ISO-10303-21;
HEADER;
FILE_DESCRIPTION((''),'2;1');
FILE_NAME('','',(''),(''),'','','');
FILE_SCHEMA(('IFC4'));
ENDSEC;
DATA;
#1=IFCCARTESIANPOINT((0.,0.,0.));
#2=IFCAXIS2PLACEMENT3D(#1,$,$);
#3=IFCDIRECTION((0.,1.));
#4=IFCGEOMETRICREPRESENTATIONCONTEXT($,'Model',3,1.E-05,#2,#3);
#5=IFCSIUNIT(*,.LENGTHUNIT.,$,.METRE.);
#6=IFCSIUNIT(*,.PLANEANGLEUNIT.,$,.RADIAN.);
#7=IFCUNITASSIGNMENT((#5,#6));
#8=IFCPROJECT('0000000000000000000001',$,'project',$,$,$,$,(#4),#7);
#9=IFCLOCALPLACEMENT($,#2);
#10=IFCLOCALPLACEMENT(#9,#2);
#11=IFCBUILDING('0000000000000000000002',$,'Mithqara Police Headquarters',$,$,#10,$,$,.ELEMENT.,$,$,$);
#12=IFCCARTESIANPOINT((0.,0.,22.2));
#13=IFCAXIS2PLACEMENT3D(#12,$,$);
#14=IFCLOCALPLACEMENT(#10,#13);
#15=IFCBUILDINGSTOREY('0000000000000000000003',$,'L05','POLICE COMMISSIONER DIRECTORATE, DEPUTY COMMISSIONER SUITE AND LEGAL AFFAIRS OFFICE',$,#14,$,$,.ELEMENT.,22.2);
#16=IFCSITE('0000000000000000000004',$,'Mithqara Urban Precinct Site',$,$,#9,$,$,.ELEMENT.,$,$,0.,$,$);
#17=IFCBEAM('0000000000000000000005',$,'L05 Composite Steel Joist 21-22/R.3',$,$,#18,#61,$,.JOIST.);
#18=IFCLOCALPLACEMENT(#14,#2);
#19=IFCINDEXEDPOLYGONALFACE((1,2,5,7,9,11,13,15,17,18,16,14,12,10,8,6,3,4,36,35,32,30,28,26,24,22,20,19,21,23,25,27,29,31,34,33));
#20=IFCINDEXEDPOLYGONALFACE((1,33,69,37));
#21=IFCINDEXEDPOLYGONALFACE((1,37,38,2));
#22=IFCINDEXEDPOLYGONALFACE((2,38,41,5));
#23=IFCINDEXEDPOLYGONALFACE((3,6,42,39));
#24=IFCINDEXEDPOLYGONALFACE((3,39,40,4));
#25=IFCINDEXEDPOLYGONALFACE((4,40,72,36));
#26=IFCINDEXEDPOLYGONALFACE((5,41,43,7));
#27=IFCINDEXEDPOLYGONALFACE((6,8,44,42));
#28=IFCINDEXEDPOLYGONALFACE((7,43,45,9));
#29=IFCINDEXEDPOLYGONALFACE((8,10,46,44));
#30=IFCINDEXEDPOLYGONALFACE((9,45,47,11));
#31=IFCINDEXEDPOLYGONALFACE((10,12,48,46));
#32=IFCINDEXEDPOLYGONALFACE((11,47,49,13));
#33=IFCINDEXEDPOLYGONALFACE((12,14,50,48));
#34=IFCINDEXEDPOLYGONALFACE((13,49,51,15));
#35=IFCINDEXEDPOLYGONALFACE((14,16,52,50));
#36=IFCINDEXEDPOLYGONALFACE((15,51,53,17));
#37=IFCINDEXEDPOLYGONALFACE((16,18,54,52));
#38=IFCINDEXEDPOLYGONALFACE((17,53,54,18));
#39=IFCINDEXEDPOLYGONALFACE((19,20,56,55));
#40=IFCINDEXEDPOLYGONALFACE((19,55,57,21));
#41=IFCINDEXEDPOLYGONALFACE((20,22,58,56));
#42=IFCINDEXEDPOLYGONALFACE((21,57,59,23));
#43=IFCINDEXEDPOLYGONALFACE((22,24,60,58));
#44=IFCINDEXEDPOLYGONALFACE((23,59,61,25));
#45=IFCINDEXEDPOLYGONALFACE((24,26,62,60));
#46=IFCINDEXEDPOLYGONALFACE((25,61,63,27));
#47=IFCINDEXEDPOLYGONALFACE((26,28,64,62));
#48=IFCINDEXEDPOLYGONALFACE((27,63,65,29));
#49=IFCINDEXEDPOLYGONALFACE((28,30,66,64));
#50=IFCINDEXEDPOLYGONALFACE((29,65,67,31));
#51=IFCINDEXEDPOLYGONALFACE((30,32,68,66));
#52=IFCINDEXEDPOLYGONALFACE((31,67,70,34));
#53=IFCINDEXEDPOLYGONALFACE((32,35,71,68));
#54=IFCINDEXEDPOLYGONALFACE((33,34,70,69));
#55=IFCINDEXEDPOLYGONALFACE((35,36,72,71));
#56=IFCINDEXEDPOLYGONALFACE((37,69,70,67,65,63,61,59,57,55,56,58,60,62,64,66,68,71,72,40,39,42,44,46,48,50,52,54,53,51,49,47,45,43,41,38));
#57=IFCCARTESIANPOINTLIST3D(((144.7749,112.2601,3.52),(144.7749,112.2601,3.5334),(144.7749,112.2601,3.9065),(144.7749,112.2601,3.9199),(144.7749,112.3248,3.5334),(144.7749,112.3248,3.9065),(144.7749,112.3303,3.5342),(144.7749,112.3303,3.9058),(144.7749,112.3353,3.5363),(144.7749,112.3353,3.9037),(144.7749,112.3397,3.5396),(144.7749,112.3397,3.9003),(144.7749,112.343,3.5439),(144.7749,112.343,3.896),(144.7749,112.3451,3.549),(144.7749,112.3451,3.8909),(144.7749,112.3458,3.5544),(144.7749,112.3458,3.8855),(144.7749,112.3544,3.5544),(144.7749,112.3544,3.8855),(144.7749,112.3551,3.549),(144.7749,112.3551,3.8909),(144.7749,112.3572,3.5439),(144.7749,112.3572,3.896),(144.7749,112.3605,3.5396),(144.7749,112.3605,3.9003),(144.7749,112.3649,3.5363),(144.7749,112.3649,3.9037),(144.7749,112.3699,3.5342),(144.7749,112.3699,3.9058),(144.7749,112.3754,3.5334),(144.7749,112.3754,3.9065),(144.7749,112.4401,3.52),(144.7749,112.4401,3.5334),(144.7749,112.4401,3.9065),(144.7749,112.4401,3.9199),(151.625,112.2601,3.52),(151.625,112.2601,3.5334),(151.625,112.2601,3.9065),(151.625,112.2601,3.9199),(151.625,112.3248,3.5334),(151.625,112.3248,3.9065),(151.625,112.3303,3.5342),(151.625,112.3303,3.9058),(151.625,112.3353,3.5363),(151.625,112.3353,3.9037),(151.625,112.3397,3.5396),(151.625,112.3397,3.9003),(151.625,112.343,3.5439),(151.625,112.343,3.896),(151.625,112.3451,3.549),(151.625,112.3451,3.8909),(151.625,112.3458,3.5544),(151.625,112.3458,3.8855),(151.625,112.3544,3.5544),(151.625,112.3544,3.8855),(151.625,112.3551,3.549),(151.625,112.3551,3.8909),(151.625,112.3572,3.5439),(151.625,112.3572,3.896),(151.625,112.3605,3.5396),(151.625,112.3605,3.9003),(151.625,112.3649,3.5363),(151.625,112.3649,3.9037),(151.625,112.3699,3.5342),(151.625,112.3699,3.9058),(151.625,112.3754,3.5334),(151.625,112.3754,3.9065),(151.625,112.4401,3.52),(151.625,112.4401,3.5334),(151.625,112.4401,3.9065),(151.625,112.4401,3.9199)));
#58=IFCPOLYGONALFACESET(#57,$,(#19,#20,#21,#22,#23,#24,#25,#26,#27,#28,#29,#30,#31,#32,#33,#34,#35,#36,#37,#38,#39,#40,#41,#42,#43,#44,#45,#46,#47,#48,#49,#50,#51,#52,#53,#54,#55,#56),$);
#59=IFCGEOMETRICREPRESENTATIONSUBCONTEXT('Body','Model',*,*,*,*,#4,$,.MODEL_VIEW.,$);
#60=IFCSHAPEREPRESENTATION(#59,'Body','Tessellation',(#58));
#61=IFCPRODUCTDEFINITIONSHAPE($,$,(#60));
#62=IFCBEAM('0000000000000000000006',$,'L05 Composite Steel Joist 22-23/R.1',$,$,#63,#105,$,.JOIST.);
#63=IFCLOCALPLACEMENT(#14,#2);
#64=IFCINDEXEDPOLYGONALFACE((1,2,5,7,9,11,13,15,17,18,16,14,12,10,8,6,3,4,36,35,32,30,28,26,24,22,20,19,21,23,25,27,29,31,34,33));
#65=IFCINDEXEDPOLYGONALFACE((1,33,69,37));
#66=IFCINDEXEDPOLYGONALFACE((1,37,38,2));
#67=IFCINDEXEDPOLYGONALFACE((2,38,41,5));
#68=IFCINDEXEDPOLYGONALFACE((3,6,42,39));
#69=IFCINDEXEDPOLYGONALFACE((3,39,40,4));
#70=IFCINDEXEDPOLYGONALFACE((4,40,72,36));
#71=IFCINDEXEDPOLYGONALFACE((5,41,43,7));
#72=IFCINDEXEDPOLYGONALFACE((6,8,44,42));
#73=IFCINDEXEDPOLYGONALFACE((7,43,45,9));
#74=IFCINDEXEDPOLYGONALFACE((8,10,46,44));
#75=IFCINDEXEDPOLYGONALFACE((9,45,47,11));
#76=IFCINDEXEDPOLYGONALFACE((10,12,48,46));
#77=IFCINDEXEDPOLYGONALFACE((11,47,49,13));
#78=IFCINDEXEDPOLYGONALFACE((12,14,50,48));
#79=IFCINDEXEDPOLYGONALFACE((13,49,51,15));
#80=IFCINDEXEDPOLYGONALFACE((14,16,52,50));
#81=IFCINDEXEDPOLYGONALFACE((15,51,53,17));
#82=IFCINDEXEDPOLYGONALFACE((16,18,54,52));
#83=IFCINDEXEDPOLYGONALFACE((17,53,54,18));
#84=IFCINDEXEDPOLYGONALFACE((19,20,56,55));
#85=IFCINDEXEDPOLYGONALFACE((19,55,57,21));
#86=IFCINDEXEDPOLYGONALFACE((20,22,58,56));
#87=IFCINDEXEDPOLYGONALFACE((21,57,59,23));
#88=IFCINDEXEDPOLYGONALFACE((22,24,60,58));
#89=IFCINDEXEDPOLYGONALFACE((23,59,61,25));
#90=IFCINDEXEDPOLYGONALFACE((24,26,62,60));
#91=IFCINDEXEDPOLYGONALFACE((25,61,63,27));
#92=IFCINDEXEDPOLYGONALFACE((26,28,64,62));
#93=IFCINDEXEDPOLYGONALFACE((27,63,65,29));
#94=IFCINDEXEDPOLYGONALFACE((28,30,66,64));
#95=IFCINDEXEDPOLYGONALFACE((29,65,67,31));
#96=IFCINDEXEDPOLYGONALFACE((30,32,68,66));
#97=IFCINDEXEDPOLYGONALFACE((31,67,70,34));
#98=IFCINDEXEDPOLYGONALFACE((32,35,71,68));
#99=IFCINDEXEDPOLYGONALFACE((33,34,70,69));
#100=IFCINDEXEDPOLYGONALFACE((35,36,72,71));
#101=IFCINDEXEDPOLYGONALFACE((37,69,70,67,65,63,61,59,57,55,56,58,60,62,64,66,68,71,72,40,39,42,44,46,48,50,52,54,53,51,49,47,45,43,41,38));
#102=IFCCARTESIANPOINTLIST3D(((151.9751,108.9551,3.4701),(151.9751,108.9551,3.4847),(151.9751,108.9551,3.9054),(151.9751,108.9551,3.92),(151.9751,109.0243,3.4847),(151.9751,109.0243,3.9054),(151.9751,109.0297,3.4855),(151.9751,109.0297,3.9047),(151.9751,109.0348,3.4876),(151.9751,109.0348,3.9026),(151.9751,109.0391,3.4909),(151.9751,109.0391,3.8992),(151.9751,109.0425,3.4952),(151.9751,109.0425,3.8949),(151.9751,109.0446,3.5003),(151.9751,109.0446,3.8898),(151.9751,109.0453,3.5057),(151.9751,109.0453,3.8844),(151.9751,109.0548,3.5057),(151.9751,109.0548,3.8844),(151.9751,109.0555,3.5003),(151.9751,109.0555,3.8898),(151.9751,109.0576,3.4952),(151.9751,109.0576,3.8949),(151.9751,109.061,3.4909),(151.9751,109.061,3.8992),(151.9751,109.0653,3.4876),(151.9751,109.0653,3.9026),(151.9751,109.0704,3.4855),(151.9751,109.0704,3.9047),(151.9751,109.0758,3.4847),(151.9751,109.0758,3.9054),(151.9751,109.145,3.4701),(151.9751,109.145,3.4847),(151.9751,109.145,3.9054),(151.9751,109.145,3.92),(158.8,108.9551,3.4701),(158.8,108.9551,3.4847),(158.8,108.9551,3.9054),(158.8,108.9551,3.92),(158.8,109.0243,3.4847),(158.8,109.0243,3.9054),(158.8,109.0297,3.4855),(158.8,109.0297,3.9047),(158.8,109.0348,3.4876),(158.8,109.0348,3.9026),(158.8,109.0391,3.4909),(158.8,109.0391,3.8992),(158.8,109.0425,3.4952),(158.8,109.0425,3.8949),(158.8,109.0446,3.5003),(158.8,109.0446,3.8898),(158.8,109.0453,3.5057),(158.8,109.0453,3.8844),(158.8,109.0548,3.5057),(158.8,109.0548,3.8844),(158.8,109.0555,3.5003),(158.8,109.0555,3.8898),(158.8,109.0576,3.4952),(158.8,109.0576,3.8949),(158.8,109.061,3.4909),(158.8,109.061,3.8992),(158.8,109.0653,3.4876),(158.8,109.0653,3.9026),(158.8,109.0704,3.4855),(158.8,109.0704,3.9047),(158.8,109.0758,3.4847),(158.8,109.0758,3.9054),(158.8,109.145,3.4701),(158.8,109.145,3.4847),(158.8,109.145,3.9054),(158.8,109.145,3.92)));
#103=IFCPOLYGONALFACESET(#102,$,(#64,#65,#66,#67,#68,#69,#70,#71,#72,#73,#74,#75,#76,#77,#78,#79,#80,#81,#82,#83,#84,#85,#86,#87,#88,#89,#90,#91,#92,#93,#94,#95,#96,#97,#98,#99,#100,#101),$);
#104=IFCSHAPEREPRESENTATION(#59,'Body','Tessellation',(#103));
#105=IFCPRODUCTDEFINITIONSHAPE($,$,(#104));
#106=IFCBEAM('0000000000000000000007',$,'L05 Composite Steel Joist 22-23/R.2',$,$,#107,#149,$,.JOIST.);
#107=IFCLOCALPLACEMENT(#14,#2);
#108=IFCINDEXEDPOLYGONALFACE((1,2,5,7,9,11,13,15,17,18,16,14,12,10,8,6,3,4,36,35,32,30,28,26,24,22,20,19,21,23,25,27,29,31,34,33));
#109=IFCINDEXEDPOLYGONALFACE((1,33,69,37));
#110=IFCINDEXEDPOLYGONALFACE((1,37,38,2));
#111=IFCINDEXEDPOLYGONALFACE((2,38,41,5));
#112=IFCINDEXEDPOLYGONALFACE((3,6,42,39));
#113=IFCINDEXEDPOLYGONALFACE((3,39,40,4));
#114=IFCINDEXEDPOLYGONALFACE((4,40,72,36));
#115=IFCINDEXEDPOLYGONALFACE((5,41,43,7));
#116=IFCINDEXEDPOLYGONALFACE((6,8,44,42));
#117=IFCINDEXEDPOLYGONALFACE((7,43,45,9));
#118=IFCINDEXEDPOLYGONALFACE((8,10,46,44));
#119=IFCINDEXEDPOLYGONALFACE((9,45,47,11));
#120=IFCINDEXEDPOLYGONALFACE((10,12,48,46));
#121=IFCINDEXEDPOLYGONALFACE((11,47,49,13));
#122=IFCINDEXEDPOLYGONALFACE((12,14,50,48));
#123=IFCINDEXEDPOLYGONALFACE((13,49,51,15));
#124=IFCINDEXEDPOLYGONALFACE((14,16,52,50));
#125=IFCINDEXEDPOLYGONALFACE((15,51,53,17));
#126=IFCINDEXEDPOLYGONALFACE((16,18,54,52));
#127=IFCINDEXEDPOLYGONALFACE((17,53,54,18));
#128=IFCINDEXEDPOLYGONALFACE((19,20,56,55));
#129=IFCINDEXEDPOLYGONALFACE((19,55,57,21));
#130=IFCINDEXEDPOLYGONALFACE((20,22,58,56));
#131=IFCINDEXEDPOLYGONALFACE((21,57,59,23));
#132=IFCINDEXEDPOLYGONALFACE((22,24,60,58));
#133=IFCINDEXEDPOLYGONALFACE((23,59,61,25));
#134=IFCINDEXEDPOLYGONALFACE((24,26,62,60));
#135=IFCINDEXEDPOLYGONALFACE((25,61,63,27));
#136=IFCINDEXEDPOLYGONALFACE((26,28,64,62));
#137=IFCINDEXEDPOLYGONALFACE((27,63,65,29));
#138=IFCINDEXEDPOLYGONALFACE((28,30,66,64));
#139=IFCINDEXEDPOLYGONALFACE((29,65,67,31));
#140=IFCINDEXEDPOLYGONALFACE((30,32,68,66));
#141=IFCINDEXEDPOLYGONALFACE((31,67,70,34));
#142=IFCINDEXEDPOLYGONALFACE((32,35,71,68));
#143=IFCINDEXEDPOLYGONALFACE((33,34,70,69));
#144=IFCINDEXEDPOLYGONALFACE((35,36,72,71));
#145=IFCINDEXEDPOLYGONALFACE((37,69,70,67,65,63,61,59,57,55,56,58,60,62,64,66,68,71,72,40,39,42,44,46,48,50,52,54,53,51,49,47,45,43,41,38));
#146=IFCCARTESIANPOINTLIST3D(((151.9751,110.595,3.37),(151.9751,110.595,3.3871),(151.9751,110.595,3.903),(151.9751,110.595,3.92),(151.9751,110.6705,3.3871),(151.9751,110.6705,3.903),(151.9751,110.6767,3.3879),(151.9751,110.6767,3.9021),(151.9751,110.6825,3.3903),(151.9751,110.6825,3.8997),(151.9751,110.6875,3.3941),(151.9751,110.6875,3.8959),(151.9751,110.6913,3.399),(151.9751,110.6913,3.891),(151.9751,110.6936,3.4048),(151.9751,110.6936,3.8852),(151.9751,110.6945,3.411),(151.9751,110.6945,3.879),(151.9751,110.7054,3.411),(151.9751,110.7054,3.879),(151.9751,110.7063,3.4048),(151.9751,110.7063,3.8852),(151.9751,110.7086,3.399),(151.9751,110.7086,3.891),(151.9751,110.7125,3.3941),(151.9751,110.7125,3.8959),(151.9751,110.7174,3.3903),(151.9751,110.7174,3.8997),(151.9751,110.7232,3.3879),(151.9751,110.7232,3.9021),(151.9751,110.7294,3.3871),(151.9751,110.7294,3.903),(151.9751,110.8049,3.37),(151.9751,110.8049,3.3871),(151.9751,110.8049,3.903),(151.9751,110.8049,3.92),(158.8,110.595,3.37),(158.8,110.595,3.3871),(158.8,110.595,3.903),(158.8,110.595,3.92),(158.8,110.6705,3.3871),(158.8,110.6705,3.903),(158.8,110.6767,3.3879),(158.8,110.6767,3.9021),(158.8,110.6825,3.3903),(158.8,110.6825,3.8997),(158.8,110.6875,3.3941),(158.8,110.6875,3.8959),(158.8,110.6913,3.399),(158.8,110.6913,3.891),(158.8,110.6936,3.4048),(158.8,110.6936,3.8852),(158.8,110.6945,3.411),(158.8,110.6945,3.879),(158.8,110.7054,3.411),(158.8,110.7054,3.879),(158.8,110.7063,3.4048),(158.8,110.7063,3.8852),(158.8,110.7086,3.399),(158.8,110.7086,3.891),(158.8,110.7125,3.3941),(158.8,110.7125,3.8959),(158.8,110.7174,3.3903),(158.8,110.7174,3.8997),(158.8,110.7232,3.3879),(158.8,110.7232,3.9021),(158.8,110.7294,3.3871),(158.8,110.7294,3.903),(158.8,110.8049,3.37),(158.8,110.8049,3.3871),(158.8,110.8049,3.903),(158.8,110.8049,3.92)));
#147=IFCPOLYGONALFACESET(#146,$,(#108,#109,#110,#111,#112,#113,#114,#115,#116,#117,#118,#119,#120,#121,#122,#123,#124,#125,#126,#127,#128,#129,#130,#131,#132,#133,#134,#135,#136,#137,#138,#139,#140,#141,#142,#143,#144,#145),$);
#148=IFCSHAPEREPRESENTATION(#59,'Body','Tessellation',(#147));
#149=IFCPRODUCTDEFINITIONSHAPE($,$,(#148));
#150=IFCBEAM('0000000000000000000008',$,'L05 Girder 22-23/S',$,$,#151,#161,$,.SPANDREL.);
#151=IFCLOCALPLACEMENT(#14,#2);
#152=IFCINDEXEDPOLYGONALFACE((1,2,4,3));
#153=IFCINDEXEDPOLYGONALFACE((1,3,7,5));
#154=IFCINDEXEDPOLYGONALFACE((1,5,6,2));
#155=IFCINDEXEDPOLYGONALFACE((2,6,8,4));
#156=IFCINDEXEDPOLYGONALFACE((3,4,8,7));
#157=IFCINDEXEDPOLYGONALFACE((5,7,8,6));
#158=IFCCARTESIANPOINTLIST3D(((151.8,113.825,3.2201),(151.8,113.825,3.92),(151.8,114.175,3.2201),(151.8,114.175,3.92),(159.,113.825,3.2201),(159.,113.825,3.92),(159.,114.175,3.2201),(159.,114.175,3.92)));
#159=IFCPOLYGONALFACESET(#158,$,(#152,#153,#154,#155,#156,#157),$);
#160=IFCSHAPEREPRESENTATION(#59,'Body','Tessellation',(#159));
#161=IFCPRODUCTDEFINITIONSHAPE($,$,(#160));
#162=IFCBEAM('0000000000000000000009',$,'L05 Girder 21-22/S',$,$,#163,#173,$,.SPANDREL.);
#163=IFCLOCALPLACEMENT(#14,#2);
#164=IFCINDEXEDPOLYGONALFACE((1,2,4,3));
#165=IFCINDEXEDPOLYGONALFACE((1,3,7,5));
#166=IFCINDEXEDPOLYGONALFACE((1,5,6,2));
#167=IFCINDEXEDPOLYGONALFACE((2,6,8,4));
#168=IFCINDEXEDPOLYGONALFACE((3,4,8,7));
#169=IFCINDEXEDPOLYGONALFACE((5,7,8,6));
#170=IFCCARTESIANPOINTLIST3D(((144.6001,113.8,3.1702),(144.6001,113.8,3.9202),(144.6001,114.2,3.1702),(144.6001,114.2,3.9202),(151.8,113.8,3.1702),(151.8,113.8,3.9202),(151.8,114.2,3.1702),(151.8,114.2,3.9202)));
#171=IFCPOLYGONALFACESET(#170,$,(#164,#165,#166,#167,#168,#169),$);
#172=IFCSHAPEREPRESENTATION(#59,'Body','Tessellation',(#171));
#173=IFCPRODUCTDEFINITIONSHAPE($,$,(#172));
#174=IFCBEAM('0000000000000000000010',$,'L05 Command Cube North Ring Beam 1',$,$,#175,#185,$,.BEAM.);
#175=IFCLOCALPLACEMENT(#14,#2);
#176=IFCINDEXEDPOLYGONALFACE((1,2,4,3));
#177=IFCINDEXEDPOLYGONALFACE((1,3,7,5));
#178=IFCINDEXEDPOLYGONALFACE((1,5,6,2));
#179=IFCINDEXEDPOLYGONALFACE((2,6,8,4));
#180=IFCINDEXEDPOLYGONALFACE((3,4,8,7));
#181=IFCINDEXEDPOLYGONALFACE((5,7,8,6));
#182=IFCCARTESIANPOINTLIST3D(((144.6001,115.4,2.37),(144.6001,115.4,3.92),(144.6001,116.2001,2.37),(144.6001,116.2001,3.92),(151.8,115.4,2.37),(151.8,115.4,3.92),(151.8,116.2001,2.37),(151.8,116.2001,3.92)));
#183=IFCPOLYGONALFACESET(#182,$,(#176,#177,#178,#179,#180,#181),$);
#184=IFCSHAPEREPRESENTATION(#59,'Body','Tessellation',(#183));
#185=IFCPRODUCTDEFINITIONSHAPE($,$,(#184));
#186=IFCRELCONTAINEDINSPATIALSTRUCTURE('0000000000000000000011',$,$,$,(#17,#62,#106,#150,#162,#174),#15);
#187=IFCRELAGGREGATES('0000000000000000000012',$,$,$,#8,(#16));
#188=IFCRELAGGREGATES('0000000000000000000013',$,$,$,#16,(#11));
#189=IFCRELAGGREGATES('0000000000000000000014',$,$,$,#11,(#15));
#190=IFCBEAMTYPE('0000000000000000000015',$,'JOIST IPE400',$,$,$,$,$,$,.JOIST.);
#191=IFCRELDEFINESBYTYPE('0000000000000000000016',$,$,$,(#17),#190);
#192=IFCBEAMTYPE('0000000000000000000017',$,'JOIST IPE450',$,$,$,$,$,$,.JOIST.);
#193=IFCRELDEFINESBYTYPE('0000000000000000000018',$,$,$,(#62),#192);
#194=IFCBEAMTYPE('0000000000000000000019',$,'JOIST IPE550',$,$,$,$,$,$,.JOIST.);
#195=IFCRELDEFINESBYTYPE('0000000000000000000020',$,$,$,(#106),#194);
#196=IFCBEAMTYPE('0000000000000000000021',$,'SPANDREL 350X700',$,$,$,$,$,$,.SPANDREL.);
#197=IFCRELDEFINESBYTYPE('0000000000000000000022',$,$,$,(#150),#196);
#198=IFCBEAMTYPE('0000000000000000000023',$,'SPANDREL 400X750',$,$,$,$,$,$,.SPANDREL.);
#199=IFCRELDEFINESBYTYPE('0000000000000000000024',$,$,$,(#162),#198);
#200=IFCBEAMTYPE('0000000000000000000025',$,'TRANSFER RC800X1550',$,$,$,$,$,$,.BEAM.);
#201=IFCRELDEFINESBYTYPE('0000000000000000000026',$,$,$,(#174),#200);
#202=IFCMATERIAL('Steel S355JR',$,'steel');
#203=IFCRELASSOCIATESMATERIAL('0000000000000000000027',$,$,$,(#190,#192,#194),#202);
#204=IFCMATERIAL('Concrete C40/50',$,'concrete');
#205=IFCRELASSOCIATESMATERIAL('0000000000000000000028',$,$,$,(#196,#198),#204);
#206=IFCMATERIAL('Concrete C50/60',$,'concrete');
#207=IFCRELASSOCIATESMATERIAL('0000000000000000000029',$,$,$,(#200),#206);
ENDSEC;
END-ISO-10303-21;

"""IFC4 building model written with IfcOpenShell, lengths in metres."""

from ifc_helpers import new_model, si_unit, direction, frame, origin, origin_2d, place, context, subcontext, project, spatial, rectangle, i_section, extrude, material, material_profile, profile_set, type_object, element, save


model = new_model("IFC4")

# Units and contexts
model_context = context("Model", 3, precision=1e-05, world=origin(), true_north=direction((0.0, 1.0)))
body_context = subcontext(model_context, "Body", "Model", "MODEL_VIEW")
ifc_project = project(units=[si_unit("LENGTHUNIT", "METRE"), si_unit("PLANEANGLEUNIT", "RADIAN")], contexts=[model_context])

# Site, building, storey
site_placement = place(None, origin())
site = spatial("IfcSite", under=ifc_project, at=site_placement, Name="Mithqara Urban Precinct Site", CompositionType="ELEMENT", RefElevation=0.0)
building_placement = place(site_placement, origin())
building = spatial("IfcBuilding", under=site, at=building_placement, Name="Mithqara Police Headquarters", CompositionType="ELEMENT")
storey_placement = place(building_placement, frame((0.0, 0.0, 22.2)))
storey = spatial("IfcBuildingStorey", under=building, at=storey_placement, Name="L05", Description="POLICE COMMISSIONER DIRECTORATE, DEPUTY COMMISSIONER SUITE AND LEGAL AFFAIRS OFFICE", CompositionType="ELEMENT", Elevation=22.2)

# Shared definitions
ifc_material_1 = material(Name="Concrete C50/60", Category="concrete")

# Shared definitions
ifc_material_2 = material(Name="Steel S355JR", Category="steel")

# Beams
ifc_material_profile_1 = material_profile(ifc_material_2, i_section(OverallWidth=0.1799, OverallDepth=0.3999, WebThickness=0.0085, FlangeThickness=0.0134, FilletRadius=0.021, at=origin_2d()), Name="IPE 400")
ifc_profile_set_1 = profile_set([ifc_material_profile_1], Name="Steel S355JR")
beam_type_1 = type_object("IfcBeamType", Name="JOIST IPE400", PredefinedType="JOIST", material=ifc_profile_set_1)
beam_1_placement = place(storey_placement, frame((144.7749, 112.3501, 3.72), z_axis=(1.0, 0.0, 0.0), x_axis=(0.0, 1.0, 0.0)))
element("IfcBeam", 1, at=beam_1_placement, inside=storey, type_object=beam_type_1, Name="L05 Composite Steel Joist 21-22/R.3", PredefinedType="JOIST", context=body_context, shape_type="SweptSolid", body=[
    extrude(i_section(OverallWidth=0.1799, OverallDepth=0.3999, WebThickness=0.0085, FlangeThickness=0.0134, FilletRadius=0.021, at=origin_2d()), origin(), (0.0, 0.0, 1.0), 6.8501),
])
ifc_material_profile_2 = material_profile(ifc_material_2, i_section(OverallWidth=0.1899, OverallDepth=0.45, WebThickness=0.0095, FlangeThickness=0.0146, FilletRadius=0.021, at=origin_2d()), Name="IPE 450")
ifc_profile_set_2 = profile_set([ifc_material_profile_2], Name="Steel S355JR")
beam_type_2 = type_object("IfcBeamType", Name="JOIST IPE450", PredefinedType="JOIST", material=ifc_profile_set_2)
beam_2_placement = place(storey_placement, frame((151.9751, 109.05, 3.6951), z_axis=(1.0, 0.0, 0.0), x_axis=(0.0, 1.0, 0.0)))
element("IfcBeam", 2, at=beam_2_placement, inside=storey, type_object=beam_type_2, Name="L05 Composite Steel Joist 22-23/R.1", PredefinedType="JOIST", context=body_context, shape_type="SweptSolid", body=[
    extrude(i_section(OverallWidth=0.1899, OverallDepth=0.45, WebThickness=0.0095, FlangeThickness=0.0146, FilletRadius=0.021, at=origin_2d()), origin(), (0.0, 0.0, 1.0), 6.825),
])
ifc_material_profile_3 = material_profile(ifc_material_2, i_section(OverallWidth=0.21, OverallDepth=0.55, WebThickness=0.011, FlangeThickness=0.0171, FilletRadius=0.0239, at=origin_2d()), Name="IPE 550")
ifc_profile_set_3 = profile_set([ifc_material_profile_3], Name="Steel S355JR")
beam_type_3 = type_object("IfcBeamType", Name="JOIST IPE550", PredefinedType="JOIST", material=ifc_profile_set_3)
beam_3_placement = place(storey_placement, frame((151.9751, 110.7, 3.645), z_axis=(1.0, 0.0, 0.0), x_axis=(0.0, 1.0, 0.0)))
element("IfcBeam", 3, at=beam_3_placement, inside=storey, type_object=beam_type_3, Name="L05 Composite Steel Joist 22-23/R.2", PredefinedType="JOIST", context=body_context, shape_type="SweptSolid", body=[
    extrude(i_section(OverallWidth=0.21, OverallDepth=0.55, WebThickness=0.011, FlangeThickness=0.0171, FilletRadius=0.0239, at=origin_2d()), origin(), (0.0, 0.0, 1.0), 6.825),
])
ifc_material_3 = material(Name="Concrete C40/50", Category="concrete")
ifc_material_profile_4 = material_profile(ifc_material_3, rectangle(XDim=0.3501, YDim=0.7, at=origin_2d()), Name="SPB 350x700")
ifc_profile_set_4 = profile_set([ifc_material_profile_4], Name="Concrete C40/50")
beam_type_4 = type_object("IfcBeamType", Name="SPANDREL 350X700", PredefinedType="SPANDREL", material=ifc_profile_set_4)
beam_4_placement = place(storey_placement, frame((151.8, 114.0, 3.5701), z_axis=(1.0, 0.0, 0.0), x_axis=(0.0, 1.0, 0.0)))
element("IfcBeam", 4, at=beam_4_placement, inside=storey, type_object=beam_type_4, Name="L05 Girder 22-23/S", PredefinedType="SPANDREL", context=body_context, shape_type="SweptSolid", body=[
    extrude(rectangle(XDim=0.3501, YDim=0.7, at=origin_2d()), origin(), (0.0, 0.0, 1.0), 7.2),
])
ifc_material_profile_5 = material_profile(ifc_material_3, rectangle(XDim=0.3999, YDim=0.75, at=origin_2d()), Name="SPB 400x750")
ifc_profile_set_5 = profile_set([ifc_material_profile_5], Name="Concrete C40/50")
beam_type_5 = type_object("IfcBeamType", Name="SPANDREL 400X750", PredefinedType="SPANDREL", material=ifc_profile_set_5)
beam_5_placement = place(storey_placement, frame((144.6001, 114.0, 3.5452), z_axis=(1.0, 0.0, 0.0), x_axis=(0.0, 1.0, 0.0)))
element("IfcBeam", 5, at=beam_5_placement, inside=storey, type_object=beam_type_5, Name="L05 Girder 21-22/S", PredefinedType="SPANDREL", context=body_context, shape_type="SweptSolid", body=[
    extrude(rectangle(XDim=0.3999, YDim=0.75, at=origin_2d()), origin(), (0.0, 0.0, 1.0), 7.2),
])
ifc_material_profile_6 = material_profile(ifc_material_1, rectangle(XDim=0.8, YDim=1.55, at=origin_2d()), Name="RC 800x1550")
ifc_profile_set_6 = profile_set([ifc_material_profile_6], Name="Concrete C50/60")
beam_type_6 = type_object("IfcBeamType", Name="TRANSFER RC800X1550", PredefinedType="BEAM", material=ifc_profile_set_6)
for number, where, z_axis, x_axis, name in (
    (6, (144.6001, 115.8, 3.145), (1.0, 0.0, 0.0), (0.0, 1.0, 0.0), "L05 Command Cube North Ring Beam 1"),
):
    element("IfcBeam", number, at=place(storey_placement, frame(where, z_axis=z_axis, x_axis=x_axis)), inside=storey, type_object=beam_type_6, Name=name, PredefinedType="BEAM", context=body_context, shape_type="SweptSolid", body=[
        extrude(rectangle(XDim=0.8, YDim=1.55, at=origin_2d()), origin(), (0.0, 0.0, 1.0), 7.2),
    ])

save(model, "model.ifc")
